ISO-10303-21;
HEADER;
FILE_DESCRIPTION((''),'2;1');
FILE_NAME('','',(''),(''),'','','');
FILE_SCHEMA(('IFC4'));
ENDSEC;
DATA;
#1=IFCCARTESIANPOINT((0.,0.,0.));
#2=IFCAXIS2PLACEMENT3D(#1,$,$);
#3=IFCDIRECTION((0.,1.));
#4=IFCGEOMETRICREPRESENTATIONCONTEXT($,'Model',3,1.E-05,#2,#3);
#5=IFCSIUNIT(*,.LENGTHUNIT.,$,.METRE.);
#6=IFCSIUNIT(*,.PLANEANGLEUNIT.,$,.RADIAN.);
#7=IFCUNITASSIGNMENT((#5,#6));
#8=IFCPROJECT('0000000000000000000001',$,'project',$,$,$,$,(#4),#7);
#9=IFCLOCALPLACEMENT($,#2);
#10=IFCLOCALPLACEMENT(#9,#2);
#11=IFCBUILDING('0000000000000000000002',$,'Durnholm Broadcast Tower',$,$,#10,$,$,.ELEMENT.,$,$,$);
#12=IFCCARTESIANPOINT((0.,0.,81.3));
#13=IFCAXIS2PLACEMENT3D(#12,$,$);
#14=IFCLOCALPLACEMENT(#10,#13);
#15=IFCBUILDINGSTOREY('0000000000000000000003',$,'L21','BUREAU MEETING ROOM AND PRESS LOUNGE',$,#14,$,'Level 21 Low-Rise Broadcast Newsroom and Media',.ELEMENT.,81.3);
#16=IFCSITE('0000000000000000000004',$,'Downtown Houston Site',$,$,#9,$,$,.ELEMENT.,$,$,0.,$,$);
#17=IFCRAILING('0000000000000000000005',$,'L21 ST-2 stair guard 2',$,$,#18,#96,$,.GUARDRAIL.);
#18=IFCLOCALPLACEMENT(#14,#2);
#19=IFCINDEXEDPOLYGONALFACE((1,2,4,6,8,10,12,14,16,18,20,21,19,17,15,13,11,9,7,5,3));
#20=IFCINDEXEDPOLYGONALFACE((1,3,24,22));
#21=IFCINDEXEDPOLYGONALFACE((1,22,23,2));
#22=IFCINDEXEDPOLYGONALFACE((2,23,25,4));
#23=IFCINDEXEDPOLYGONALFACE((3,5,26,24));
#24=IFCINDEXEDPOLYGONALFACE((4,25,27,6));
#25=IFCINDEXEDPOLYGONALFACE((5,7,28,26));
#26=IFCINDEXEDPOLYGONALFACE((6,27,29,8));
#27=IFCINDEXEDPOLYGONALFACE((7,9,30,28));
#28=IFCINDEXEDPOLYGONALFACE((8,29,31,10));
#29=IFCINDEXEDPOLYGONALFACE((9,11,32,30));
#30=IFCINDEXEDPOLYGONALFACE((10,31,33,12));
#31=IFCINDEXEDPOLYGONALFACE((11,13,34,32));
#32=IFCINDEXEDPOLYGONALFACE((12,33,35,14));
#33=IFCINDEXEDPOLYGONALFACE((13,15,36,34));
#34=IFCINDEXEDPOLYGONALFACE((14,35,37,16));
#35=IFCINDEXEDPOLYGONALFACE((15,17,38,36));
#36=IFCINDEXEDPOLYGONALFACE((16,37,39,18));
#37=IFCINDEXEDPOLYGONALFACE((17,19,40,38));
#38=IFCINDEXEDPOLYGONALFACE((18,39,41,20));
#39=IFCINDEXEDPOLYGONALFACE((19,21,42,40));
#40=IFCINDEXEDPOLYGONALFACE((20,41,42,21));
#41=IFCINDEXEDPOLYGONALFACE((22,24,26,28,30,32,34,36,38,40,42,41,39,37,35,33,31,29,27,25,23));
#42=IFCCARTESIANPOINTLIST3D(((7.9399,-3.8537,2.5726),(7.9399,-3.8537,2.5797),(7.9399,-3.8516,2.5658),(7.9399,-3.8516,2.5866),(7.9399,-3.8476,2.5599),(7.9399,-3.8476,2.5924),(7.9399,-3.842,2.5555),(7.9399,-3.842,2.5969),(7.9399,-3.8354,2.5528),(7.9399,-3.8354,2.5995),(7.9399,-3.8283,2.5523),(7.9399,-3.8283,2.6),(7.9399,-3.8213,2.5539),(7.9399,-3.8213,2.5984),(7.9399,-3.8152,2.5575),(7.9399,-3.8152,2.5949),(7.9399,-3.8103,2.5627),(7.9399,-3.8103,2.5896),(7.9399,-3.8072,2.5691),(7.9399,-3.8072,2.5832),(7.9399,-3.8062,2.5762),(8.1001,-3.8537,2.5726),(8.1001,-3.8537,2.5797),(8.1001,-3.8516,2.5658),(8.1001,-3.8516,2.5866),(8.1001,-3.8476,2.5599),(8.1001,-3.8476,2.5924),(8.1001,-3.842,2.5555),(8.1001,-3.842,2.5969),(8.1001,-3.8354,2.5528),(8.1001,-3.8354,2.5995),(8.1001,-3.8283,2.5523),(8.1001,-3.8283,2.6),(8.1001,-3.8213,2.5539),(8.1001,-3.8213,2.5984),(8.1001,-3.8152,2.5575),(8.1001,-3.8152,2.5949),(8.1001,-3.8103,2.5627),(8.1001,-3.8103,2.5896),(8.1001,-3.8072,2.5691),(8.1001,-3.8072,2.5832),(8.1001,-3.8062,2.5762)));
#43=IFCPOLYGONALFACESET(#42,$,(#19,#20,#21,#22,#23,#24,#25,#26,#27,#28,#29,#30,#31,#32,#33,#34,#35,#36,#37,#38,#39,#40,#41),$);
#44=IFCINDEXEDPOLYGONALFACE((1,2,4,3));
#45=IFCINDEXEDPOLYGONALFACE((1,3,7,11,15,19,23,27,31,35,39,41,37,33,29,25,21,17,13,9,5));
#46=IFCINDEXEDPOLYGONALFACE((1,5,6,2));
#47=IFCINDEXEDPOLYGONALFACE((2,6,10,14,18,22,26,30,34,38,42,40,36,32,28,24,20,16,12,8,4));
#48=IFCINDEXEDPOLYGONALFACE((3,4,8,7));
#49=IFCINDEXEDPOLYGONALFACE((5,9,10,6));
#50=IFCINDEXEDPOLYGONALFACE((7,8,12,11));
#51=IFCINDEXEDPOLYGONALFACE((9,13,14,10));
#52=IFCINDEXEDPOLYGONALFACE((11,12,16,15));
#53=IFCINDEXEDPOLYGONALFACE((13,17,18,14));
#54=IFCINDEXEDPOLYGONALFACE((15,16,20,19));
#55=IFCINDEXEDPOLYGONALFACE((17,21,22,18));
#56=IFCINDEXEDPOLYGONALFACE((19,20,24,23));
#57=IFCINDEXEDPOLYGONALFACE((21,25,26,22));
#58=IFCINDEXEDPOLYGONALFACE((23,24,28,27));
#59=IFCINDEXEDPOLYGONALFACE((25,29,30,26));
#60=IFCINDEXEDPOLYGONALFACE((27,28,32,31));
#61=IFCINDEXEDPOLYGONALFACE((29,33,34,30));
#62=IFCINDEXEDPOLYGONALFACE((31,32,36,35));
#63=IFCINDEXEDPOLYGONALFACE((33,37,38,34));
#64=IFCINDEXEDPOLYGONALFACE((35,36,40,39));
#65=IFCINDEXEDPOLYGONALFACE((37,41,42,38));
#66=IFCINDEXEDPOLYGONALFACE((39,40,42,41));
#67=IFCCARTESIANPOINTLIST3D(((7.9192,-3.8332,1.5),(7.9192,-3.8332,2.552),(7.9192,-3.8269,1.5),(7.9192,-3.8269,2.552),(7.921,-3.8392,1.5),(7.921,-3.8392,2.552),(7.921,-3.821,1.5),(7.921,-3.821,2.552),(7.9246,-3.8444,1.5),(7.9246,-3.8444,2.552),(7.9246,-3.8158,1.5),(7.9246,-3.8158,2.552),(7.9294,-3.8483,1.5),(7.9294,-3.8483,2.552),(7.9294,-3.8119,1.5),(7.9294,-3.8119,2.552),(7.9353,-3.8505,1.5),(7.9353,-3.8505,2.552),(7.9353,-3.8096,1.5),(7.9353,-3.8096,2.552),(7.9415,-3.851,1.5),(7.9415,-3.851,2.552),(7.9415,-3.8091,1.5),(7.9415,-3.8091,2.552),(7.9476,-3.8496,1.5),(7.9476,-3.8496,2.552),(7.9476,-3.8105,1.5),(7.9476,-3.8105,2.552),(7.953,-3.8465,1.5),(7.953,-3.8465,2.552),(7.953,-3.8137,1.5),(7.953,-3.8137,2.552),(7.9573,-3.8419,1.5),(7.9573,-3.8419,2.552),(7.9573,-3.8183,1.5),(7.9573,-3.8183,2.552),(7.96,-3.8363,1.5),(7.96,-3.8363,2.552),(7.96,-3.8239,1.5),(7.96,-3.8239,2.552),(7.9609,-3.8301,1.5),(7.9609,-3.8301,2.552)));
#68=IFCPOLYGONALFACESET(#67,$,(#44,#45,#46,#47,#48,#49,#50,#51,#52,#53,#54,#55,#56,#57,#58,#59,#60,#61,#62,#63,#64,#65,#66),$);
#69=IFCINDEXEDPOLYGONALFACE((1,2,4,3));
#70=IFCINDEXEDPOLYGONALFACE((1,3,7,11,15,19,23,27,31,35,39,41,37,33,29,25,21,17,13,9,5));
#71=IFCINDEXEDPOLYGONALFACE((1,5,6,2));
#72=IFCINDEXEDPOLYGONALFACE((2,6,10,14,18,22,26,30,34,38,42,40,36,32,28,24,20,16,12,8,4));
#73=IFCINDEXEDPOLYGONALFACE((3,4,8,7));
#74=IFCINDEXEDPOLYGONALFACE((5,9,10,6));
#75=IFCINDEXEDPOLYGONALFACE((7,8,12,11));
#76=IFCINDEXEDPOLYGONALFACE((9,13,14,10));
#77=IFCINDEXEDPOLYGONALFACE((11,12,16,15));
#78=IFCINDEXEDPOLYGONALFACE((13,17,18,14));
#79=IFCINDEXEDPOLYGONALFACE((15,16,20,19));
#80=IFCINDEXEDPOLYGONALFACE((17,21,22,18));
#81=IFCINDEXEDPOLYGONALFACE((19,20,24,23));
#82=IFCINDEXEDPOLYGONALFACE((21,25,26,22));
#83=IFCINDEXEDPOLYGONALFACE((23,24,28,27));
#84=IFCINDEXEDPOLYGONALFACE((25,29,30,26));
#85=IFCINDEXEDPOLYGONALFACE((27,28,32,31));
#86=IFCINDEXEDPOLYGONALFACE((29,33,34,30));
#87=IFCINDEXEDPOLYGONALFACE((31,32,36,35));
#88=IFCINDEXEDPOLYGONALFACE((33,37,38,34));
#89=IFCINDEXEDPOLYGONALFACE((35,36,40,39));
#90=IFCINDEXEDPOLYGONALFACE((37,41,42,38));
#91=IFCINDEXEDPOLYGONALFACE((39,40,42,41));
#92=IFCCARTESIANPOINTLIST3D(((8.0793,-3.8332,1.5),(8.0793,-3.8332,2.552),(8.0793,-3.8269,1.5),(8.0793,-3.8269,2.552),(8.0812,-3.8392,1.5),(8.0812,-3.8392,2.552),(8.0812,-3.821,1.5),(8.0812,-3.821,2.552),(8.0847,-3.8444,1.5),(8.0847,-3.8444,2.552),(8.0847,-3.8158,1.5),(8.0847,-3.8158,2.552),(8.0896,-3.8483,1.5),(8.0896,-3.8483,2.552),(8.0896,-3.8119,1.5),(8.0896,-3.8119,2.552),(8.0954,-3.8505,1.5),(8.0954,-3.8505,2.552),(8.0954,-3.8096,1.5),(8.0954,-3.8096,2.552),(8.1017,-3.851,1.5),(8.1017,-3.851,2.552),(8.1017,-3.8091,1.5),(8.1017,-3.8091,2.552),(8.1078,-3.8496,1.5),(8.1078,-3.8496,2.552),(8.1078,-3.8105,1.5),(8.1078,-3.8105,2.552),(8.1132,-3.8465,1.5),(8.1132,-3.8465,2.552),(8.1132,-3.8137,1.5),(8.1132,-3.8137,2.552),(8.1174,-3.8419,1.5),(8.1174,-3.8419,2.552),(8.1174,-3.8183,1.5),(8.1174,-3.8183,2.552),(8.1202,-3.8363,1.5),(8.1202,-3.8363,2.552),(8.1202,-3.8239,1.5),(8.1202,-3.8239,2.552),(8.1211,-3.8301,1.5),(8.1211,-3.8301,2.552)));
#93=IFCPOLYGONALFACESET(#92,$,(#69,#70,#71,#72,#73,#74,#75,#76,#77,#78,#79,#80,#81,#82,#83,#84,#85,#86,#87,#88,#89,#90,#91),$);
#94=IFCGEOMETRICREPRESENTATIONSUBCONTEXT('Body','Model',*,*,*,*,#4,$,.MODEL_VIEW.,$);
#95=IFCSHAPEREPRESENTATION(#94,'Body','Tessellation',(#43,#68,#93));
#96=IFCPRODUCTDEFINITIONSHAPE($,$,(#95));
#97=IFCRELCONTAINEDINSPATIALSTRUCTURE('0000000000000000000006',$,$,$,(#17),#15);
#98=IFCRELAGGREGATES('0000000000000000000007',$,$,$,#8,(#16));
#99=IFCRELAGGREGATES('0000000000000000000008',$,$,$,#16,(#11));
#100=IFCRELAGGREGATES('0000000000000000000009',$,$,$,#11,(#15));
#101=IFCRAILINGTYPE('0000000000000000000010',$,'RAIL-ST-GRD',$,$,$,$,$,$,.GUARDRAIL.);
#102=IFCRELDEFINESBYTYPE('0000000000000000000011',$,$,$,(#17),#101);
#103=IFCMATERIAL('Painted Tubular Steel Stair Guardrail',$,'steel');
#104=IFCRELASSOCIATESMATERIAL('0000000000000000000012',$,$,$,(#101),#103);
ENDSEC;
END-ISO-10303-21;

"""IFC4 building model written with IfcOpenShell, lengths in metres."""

from ifc_helpers import new_model, si_unit, direction, frame, origin, origin_2d, place, context, subcontext, project, spatial, circle, extrude, material, type_object, element, save


model = new_model("IFC4")

# Units and contexts
model_context = context("Model", 3, precision=1e-05, world=origin(), true_north=direction((0.0, 1.0)))
body_context = subcontext(model_context, "Body", "Model", "MODEL_VIEW")
ifc_project = project(units=[si_unit("LENGTHUNIT", "METRE"), si_unit("PLANEANGLEUNIT", "RADIAN")], contexts=[model_context])

# Site, building, storey
site_placement = place(None, origin())
site = spatial("IfcSite", under=ifc_project, at=site_placement, Name="Downtown Houston Site", CompositionType="ELEMENT", RefElevation=0.0)
building_placement = place(site_placement, origin())
building = spatial("IfcBuilding", under=site, at=building_placement, Name="Durnholm Broadcast Tower", CompositionType="ELEMENT")
storey_placement = place(building_placement, frame((0.0, 0.0, 81.3)))
storey = spatial("IfcBuildingStorey", under=building, at=storey_placement, Name="L21", Description="BUREAU MEETING ROOM AND PRESS LOUNGE", LongName="Level 21 Low-Rise Broadcast Newsroom and Media", CompositionType="ELEMENT", Elevation=81.3)

# Railing
ifc_material_1 = material(Name="Painted Tubular Steel Stair Guardrail", Category="steel")
railing_type_1 = type_object("IfcRailingType", Name="RAIL-ST-GRD", PredefinedType="GUARDRAIL", material=ifc_material_1)
railing_1_placement = place(storey_placement, frame((7.9399, -3.8301, 1.5)))
element("IfcRailing", 1, at=railing_1_placement, inside=storey, type_object=railing_type_1, Name="L21 ST-2 stair guard 2", PredefinedType="GUARDRAIL", context=body_context, shape_type="SweptSolid", body=[
    extrude(circle(Radius=0.0239, at=origin_2d()), frame((0.0, 0.0, 1.0762), z_axis=(1.0, 0.0, 0.0), x_axis=(0.0, 1.0, 0.0)), (0.0, 0.0, 1.0), 0.1602),
    extrude(circle(Radius=0.021, at=origin_2d()), origin(), (0.0, 0.0, 1.0), 1.052),
    extrude(circle(Radius=0.021, at=origin_2d()), frame((0.1602, 0.0, 0.0)), (0.0, 0.0, 1.0), 1.052),
])

save(model, "model.ifc")
